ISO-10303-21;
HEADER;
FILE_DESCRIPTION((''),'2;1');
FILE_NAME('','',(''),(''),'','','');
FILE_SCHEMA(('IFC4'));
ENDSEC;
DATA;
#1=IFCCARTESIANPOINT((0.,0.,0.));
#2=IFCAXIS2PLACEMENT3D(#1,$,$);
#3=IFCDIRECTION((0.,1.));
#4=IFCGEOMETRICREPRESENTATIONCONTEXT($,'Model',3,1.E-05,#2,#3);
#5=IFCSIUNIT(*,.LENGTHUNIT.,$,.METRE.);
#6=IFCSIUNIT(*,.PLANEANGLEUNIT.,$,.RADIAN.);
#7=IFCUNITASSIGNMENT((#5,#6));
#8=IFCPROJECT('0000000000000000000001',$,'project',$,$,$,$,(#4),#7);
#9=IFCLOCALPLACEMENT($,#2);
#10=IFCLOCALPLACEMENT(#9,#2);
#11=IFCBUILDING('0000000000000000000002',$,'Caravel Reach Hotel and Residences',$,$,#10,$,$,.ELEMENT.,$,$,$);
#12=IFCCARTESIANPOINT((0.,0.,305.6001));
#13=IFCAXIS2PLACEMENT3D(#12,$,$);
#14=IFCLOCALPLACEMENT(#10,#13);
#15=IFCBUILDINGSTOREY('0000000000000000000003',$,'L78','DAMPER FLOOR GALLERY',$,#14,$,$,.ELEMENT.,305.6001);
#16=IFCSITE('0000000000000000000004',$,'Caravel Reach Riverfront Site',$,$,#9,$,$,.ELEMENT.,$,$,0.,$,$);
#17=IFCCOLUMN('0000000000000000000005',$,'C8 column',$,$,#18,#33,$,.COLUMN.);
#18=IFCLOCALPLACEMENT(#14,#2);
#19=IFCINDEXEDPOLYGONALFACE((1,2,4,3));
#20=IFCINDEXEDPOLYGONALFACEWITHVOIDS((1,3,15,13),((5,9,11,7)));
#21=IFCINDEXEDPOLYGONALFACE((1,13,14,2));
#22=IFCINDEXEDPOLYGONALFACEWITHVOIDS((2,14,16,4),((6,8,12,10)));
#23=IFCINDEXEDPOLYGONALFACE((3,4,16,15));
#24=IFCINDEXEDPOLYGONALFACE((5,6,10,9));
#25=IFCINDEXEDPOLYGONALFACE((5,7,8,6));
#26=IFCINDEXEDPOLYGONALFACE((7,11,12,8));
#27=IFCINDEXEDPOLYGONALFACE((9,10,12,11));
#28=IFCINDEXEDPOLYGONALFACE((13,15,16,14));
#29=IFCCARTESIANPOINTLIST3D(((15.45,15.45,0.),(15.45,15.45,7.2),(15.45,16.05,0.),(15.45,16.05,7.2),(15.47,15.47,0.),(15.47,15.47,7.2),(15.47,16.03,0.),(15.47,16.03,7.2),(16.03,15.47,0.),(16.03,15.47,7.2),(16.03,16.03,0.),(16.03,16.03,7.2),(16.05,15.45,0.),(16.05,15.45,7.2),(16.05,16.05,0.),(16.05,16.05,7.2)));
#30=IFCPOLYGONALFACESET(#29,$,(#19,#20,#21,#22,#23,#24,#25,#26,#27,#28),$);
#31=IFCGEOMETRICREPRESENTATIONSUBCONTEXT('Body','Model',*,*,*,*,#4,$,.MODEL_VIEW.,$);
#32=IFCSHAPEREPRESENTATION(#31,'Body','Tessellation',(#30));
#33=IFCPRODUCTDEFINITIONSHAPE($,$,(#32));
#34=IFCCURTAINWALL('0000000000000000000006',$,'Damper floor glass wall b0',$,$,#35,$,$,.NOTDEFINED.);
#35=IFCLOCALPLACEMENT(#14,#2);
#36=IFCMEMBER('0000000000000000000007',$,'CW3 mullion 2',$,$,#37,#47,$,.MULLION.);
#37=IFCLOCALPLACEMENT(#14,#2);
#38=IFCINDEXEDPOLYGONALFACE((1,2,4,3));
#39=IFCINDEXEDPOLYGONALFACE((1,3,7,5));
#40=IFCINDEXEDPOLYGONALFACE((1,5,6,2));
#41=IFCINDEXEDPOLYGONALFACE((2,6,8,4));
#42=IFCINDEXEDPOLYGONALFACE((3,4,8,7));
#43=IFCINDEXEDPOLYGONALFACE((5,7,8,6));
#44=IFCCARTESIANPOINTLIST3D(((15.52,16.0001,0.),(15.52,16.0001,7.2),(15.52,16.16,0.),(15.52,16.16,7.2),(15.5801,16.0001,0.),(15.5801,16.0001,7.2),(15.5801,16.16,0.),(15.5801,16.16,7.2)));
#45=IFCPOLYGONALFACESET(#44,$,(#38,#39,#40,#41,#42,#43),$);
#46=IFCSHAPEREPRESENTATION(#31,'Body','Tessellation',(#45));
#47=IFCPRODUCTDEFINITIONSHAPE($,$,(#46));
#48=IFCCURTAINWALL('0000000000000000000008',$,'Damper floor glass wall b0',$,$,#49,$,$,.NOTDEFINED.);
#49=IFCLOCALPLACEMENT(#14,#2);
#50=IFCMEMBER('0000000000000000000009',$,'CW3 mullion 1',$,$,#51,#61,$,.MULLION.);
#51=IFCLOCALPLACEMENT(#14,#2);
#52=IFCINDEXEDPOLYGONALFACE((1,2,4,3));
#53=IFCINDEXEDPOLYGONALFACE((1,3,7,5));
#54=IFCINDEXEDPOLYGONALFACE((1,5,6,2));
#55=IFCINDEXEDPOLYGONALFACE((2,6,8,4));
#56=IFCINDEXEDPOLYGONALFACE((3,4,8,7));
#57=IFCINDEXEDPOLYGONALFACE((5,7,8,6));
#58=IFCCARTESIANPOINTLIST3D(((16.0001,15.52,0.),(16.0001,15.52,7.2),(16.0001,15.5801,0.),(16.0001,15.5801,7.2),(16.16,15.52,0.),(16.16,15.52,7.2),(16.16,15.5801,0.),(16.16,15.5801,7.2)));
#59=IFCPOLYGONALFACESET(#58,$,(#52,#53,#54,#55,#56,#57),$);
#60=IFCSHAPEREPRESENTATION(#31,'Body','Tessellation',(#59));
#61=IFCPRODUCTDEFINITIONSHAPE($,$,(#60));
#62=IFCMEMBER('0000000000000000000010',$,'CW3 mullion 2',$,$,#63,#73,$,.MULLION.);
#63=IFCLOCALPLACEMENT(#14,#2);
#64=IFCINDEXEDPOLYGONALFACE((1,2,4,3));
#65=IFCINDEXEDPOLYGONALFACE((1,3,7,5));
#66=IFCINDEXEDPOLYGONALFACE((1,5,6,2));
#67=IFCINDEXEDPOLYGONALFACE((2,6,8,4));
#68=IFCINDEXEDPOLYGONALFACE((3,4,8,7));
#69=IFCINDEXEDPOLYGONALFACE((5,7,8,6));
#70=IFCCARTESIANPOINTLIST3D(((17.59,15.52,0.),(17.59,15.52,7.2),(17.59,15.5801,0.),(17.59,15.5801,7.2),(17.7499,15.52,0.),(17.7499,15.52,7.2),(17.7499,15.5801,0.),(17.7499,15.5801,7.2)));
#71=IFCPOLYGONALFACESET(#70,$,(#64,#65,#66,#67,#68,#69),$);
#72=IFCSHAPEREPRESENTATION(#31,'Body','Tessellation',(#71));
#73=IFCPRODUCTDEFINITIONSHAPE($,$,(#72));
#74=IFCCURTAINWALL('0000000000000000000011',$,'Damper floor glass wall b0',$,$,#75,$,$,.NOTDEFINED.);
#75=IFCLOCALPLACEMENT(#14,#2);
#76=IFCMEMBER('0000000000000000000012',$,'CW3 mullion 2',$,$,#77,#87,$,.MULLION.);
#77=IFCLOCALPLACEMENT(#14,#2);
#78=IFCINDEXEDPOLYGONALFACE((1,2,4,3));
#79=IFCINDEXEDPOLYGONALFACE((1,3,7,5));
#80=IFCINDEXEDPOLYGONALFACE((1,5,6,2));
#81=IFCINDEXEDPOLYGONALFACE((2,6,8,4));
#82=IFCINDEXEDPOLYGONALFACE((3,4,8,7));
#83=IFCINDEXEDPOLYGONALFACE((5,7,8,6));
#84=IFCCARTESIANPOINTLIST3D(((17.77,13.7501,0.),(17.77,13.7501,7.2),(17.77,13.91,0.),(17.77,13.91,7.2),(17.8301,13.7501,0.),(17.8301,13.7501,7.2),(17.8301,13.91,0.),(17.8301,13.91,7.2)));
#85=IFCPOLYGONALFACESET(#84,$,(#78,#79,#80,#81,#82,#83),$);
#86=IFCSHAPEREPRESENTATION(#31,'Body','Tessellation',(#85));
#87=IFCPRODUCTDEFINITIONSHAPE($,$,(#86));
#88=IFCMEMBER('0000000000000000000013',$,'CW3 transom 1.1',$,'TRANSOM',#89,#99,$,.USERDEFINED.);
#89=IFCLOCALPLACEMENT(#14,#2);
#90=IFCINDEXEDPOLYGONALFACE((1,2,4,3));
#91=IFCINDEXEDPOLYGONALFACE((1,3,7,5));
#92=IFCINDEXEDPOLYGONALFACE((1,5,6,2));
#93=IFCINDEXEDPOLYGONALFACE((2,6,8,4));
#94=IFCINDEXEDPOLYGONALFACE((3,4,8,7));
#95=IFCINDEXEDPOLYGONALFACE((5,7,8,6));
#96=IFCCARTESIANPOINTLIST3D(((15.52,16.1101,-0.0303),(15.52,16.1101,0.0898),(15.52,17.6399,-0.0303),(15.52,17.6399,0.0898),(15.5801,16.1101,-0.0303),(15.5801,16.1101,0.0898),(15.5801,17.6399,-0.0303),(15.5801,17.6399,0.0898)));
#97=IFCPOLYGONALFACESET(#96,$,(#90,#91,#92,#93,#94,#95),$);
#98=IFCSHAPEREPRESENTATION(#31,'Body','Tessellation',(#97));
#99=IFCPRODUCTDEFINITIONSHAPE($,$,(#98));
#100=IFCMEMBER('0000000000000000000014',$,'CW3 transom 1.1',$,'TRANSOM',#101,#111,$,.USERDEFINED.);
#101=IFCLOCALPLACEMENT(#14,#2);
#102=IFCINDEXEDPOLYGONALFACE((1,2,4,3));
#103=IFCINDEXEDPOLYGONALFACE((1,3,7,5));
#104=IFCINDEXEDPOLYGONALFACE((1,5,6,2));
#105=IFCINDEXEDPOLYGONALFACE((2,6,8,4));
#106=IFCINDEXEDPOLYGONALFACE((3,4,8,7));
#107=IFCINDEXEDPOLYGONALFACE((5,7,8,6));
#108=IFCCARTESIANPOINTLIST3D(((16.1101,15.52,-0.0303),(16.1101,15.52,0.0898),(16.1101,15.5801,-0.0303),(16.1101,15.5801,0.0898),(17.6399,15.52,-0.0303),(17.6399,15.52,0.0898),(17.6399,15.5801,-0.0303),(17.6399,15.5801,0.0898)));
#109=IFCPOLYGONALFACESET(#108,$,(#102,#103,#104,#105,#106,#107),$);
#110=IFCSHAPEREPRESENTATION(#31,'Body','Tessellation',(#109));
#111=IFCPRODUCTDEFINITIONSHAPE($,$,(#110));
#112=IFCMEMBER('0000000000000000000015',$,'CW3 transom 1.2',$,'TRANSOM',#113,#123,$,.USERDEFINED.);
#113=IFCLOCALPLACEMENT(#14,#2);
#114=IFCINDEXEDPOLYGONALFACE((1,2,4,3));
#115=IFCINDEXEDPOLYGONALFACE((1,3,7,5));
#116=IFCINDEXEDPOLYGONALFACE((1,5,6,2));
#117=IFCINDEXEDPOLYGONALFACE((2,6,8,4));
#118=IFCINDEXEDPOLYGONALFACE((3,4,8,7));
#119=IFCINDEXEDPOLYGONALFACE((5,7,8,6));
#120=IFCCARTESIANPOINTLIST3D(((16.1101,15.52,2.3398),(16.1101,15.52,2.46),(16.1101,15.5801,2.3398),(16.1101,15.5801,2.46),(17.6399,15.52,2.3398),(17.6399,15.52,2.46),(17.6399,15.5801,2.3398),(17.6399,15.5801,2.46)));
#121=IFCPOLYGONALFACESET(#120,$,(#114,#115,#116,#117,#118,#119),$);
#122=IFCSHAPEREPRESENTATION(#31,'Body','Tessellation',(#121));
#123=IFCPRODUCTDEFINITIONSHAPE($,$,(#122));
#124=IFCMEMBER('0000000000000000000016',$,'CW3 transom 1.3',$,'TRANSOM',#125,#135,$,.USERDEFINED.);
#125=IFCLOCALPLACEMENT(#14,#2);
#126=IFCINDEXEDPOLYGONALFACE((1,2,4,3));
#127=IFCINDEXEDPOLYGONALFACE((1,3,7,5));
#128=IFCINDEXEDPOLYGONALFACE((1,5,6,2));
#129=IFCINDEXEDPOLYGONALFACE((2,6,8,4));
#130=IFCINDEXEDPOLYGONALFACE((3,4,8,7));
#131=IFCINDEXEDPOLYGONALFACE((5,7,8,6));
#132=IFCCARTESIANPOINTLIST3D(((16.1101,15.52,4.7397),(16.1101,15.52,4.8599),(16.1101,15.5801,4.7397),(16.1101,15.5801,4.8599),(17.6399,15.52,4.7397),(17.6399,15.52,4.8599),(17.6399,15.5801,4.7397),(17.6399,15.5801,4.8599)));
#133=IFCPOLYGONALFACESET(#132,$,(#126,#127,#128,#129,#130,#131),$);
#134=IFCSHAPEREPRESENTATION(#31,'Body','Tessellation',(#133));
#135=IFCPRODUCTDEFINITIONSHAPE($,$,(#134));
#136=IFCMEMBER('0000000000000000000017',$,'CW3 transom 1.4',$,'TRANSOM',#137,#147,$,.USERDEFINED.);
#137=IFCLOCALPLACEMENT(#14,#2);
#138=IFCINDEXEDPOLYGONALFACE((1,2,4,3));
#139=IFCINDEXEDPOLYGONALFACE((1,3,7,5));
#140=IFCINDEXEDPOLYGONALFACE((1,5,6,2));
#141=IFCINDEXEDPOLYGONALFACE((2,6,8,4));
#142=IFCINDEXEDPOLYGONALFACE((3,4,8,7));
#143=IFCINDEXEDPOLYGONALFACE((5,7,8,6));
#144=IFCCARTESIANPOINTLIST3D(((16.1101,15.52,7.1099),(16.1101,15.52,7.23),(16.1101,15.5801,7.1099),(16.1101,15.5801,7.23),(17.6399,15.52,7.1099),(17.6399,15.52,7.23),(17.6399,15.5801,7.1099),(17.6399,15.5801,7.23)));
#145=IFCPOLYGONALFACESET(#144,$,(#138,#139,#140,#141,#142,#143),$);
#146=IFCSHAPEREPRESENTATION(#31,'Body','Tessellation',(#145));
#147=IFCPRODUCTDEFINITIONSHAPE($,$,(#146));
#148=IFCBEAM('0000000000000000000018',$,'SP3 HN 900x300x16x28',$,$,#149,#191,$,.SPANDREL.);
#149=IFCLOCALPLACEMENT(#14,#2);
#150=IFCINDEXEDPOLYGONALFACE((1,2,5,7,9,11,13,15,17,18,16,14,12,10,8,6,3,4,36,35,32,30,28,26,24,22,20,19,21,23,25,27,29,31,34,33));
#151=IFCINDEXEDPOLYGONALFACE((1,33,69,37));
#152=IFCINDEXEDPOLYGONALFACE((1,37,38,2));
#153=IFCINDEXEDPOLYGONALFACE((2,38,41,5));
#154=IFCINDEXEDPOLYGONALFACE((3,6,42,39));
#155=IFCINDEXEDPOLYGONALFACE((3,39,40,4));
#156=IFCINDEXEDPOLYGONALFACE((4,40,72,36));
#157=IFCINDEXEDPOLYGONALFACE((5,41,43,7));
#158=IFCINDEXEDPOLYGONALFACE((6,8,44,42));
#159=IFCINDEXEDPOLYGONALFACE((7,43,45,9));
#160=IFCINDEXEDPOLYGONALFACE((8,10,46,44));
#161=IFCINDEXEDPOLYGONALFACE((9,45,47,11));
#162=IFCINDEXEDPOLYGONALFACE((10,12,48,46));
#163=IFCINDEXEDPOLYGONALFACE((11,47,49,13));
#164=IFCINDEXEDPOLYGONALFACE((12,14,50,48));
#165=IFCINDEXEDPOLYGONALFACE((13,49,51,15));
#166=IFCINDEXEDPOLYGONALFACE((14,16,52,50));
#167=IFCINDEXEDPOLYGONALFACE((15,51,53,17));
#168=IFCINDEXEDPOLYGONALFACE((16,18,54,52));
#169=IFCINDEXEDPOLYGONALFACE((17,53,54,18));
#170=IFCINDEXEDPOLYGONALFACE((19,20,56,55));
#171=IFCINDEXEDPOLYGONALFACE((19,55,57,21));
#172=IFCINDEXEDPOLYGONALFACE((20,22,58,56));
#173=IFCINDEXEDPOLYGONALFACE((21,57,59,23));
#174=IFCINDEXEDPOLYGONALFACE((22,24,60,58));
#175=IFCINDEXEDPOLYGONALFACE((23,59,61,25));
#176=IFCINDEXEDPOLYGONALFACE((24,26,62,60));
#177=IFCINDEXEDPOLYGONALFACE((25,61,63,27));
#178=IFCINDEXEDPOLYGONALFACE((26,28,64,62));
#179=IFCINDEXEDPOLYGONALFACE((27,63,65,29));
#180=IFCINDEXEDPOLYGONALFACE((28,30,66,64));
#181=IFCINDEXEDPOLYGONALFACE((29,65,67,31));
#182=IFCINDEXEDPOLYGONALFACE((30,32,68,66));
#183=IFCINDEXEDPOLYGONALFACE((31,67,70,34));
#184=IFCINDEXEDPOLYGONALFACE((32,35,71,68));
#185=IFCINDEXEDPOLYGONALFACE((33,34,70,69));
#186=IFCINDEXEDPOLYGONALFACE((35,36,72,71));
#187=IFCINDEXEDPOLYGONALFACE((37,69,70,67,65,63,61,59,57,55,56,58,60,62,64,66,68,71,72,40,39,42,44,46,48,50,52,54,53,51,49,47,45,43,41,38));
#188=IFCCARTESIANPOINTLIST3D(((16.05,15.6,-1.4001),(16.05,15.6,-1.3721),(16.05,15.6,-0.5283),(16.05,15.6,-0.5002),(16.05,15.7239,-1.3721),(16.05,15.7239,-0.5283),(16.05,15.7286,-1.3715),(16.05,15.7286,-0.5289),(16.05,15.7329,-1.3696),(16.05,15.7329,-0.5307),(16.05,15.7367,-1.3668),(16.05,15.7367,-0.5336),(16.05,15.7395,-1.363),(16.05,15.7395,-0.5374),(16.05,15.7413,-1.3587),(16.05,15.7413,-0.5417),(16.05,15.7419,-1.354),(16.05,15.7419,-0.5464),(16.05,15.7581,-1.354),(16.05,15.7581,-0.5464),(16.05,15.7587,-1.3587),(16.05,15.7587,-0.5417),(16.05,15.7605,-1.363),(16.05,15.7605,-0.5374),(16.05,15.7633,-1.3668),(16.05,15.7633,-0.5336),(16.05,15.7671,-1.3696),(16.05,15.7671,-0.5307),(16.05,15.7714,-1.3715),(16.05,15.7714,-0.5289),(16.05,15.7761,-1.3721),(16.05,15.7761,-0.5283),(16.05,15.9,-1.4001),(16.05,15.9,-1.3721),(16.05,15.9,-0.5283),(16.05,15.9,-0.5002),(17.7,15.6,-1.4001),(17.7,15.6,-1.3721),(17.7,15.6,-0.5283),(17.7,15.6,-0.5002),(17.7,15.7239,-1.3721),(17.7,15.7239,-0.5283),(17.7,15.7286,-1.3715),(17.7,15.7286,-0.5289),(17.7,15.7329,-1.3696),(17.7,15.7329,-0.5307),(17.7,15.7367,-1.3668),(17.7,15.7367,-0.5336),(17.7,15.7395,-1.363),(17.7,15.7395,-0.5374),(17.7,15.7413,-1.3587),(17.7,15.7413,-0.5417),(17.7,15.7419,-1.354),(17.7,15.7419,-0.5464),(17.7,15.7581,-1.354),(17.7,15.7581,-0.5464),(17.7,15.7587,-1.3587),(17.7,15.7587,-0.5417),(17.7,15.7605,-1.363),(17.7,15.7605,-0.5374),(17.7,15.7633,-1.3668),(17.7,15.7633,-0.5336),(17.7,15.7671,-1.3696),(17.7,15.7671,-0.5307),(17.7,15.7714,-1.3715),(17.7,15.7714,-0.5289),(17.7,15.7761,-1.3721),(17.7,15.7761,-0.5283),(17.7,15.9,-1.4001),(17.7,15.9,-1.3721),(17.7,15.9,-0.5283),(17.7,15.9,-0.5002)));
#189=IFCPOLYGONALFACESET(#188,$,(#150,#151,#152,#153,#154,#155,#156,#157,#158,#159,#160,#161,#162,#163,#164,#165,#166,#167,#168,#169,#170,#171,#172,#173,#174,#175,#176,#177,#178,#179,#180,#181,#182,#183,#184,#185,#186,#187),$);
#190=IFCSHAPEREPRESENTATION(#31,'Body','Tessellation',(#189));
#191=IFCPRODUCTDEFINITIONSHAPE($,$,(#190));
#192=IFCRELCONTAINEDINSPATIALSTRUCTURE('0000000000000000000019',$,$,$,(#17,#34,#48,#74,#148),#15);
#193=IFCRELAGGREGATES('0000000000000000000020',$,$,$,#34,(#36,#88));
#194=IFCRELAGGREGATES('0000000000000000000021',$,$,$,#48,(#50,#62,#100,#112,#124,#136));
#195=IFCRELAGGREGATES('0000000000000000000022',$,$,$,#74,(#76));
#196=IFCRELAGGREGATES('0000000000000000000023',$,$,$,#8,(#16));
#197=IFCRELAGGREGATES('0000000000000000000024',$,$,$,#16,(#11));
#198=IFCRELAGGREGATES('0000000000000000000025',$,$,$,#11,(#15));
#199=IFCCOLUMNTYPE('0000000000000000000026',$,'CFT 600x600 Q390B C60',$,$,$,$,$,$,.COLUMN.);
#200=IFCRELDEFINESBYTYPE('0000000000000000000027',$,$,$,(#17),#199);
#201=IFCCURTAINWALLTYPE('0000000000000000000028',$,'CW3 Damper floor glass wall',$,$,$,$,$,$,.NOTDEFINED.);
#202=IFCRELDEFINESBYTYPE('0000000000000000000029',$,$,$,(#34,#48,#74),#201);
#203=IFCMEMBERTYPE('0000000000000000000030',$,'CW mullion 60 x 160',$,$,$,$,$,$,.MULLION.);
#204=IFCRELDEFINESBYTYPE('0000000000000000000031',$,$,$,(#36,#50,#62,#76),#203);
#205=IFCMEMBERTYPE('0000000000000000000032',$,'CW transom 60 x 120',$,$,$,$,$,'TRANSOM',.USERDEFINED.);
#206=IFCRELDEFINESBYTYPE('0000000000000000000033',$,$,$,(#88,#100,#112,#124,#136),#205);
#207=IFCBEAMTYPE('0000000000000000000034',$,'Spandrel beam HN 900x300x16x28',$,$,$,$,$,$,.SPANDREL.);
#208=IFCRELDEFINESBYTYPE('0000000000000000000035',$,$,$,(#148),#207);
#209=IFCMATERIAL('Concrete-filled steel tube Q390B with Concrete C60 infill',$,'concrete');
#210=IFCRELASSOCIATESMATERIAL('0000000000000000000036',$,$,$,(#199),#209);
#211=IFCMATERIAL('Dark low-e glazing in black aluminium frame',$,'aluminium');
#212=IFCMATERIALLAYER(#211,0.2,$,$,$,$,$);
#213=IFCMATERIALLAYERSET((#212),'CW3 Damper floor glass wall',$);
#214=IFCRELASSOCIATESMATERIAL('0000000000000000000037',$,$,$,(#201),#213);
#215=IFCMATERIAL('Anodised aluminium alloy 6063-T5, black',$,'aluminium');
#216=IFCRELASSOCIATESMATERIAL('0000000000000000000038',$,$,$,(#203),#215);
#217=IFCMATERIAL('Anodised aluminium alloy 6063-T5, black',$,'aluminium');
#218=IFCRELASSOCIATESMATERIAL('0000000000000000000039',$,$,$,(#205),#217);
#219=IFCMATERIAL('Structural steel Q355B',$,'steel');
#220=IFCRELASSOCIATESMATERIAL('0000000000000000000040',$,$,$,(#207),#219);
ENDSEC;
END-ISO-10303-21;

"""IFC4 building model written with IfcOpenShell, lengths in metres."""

from ifc_helpers import new_model, si_unit, direction, frame, origin, origin_2d, place, context, subcontext, project, spatial, rectangle, hollow_rectangle, i_section, extrude, material, layer, layer_set, material_profile, profile_set, type_object, element, aggregate, save


model = new_model("IFC4")

# Units and contexts
model_context = context("Model", 3, precision=1e-05, world=origin(), true_north=direction((0.0, 1.0)))
body_context = subcontext(model_context, "Body", "Model", "MODEL_VIEW")
ifc_project = project(units=[si_unit("LENGTHUNIT", "METRE"), si_unit("PLANEANGLEUNIT", "RADIAN")], contexts=[model_context])

# Site, building, storey
site_placement = place(None, origin())
site = spatial("IfcSite", under=ifc_project, at=site_placement, Name="Caravel Reach Riverfront Site", CompositionType="ELEMENT", RefElevation=0.0)
building_placement = place(site_placement, origin())
building = spatial("IfcBuilding", under=site, at=building_placement, Name="Caravel Reach Hotel and Residences", CompositionType="ELEMENT")
storey_placement = place(building_placement, frame((0.0, 0.0, 305.6001)))
storey = spatial("IfcBuildingStorey", under=building, at=storey_placement, Name="L78", Description="DAMPER FLOOR GALLERY", CompositionType="ELEMENT", Elevation=305.6001)

# Column
ifc_material_1 = material(Name="Concrete-filled steel tube Q390B with Concrete C60 infill", Category="concrete")
ifc_material_profile_1 = material_profile(ifc_material_1, hollow_rectangle(XDim=0.6001, YDim=0.6001, WallThickness=0.02, at=origin_2d()), Name="RHS 600x600x20")
ifc_profile_set_1 = profile_set([ifc_material_profile_1], Name="Concrete-filled steel tube Q390B with Concrete C60 infill")
column_type = type_object("IfcColumnType", Name="CFT 600x600 Q390B C60", PredefinedType="COLUMN", material=ifc_profile_set_1)
column_placement = place(storey_placement, frame((15.75, 15.75, 0.0), z_axis=(0.0, 0.0, 1.0), x_axis=(1.0, 0.0, 0.0)))
element("IfcColumn", 1, at=column_placement, inside=storey, type_object=column_type, Name="C8 column", PredefinedType="COLUMN", context=body_context, shape_type="SweptSolid", body=[
    extrude(hollow_rectangle(XDim=0.6001, YDim=0.6001, WallThickness=0.02, at=origin_2d()), origin(), (0.0, 0.0, 1.0), 7.2),
])

# Curtain wall, member
ifc_material_2 = material(Name="Dark low-e glazing in black aluminium frame", Category="aluminium")
ifc_layer_1 = layer(ifc_material_2, 0.2)
ifc_layer_set_1 = layer_set([ifc_layer_1], Name="CW3 Damper floor glass wall")
curtain_wall_type = type_object("IfcCurtainWallType", Name="CW3 Damper floor glass wall", PredefinedType="NOTDEFINED", material=ifc_layer_set_1)
curtain_wall_1_placement = place(storey_placement, origin())
curtain_wall_1 = element("IfcCurtainWall", 2, at=curtain_wall_1_placement, inside=storey, type_object=curtain_wall_type, Name="Damper floor glass wall b0", PredefinedType="NOTDEFINED")
ifc_material_3 = material(Name="Anodised aluminium alloy 6063-T5, black", Category="aluminium")
ifc_material_profile_2 = material_profile(ifc_material_3, rectangle(XDim=0.0601, YDim=0.1599, at=origin_2d()), Name="CW mullion 60 x 160")
ifc_profile_set_2 = profile_set([ifc_material_profile_2], Name="Anodised aluminium alloy 6063-T5, black")
member_type_1 = type_object("IfcMemberType", Name="CW mullion 60 x 160", PredefinedType="MULLION", material=ifc_profile_set_2)
member_1_placement = place(storey_placement, frame((15.55, 16.0801, 0.0), z_axis=(0.0, 0.0, 1.0), x_axis=(1.0, 0.0, 0.0)))
member_1 = element("IfcMember", 3, at=member_1_placement, type_object=member_type_1, Name="CW3 mullion 2", PredefinedType="MULLION", context=body_context, shape_type="SweptSolid", body=[
    extrude(rectangle(XDim=0.0601, YDim=0.1599, at=origin_2d()), origin(), (0.0, 0.0, 1.0), 7.2),
])

# Curtain wall, members
curtain_wall_2_placement = place(storey_placement, origin())
curtain_wall_2 = element("IfcCurtainWall", 4, at=curtain_wall_2_placement, inside=storey, type_object=curtain_wall_type, Name="Damper floor glass wall b0", PredefinedType="NOTDEFINED")
member_2_placement = place(storey_placement, frame((16.0801, 15.55, 0.0), z_axis=(0.0, 0.0, 1.0), x_axis=(0.0, 1.0, 0.0)))
member_2 = element("IfcMember", 5, at=member_2_placement, type_object=member_type_1, Name="CW3 mullion 1", PredefinedType="MULLION", context=body_context, shape_type="SweptSolid", body=[
    extrude(rectangle(XDim=0.0601, YDim=0.1599, at=origin_2d()), origin(), (0.0, 0.0, 1.0), 7.2),
])
member_3_placement = place(storey_placement, frame((17.6699, 15.55, 0.0), z_axis=(0.0, 0.0, 1.0), x_axis=(0.0, 1.0, 0.0)))
member_3 = element("IfcMember", 6, at=member_3_placement, type_object=member_type_1, Name="CW3 mullion 2", PredefinedType="MULLION", context=body_context, shape_type="SweptSolid", body=[
    extrude(rectangle(XDim=0.0601, YDim=0.1599, at=origin_2d()), origin(), (0.0, 0.0, 1.0), 7.2),
])

# Curtain wall, member
curtain_wall_3_placement = place(storey_placement, origin())
curtain_wall_3 = element("IfcCurtainWall", 7, at=curtain_wall_3_placement, inside=storey, type_object=curtain_wall_type, Name="Damper floor glass wall b0", PredefinedType="NOTDEFINED")
member_4_placement = place(storey_placement, frame((17.8, 13.8301, 0.0), z_axis=(0.0, 0.0, 1.0), x_axis=(1.0, 0.0, 0.0)))
member_4 = element("IfcMember", 8, at=member_4_placement, type_object=member_type_1, Name="CW3 mullion 2", PredefinedType="MULLION", context=body_context, shape_type="SweptSolid", body=[
    extrude(rectangle(XDim=0.0601, YDim=0.1599, at=origin_2d()), origin(), (0.0, 0.0, 1.0), 7.2),
])

# Members
ifc_material_4 = material(Name="Anodised aluminium alloy 6063-T5, black", Category="aluminium")
ifc_material_profile_3 = material_profile(ifc_material_4, rectangle(XDim=0.0601, YDim=0.1201, at=origin_2d()), Name="CW transom 60 x 120")
ifc_profile_set_3 = profile_set([ifc_material_profile_3], Name="Anodised aluminium alloy 6063-T5, black")
member_type_2 = type_object("IfcMemberType", Name="CW transom 60 x 120", ElementType="TRANSOM", PredefinedType="USERDEFINED", material=ifc_profile_set_3)
member_5_placement = place(storey_placement, frame((15.55, 17.6399, 0.0298), z_axis=(0.0, -1.0, 0.0), x_axis=(1.0, 0.0, 0.0)))
member_5 = element("IfcMember", 9, at=member_5_placement, type_object=member_type_2, Name="CW3 transom 1.1", ObjectType="TRANSOM", PredefinedType="USERDEFINED", context=body_context, shape_type="SweptSolid", body=[
    extrude(rectangle(XDim=0.0601, YDim=0.1201, at=origin_2d()), origin(), (0.0, 0.0, 1.0), 1.5298),
])
member_6_placement = place(storey_placement, frame((16.1101, 15.55, 0.0298), z_axis=(1.0, 0.0, 0.0), x_axis=(0.0, 1.0, 0.0)))
member_6 = element("IfcMember", 10, at=member_6_placement, type_object=member_type_2, Name="CW3 transom 1.1", ObjectType="TRANSOM", PredefinedType="USERDEFINED", context=body_context, shape_type="SweptSolid", body=[
    extrude(rectangle(XDim=0.0601, YDim=0.1201, at=origin_2d()), origin(), (0.0, 0.0, 1.0), 1.5298),
])
member_7_placement = place(storey_placement, frame((16.1101, 15.55, 2.3999), z_axis=(1.0, 0.0, 0.0), x_axis=(0.0, 1.0, 0.0)))
member_7 = element("IfcMember", 11, at=member_7_placement, type_object=member_type_2, Name="CW3 transom 1.2", ObjectType="TRANSOM", PredefinedType="USERDEFINED", context=body_context, shape_type="SweptSolid", body=[
    extrude(rectangle(XDim=0.0601, YDim=0.1201, at=origin_2d()), origin(), (0.0, 0.0, 1.0), 1.5298),
])
member_8_placement = place(storey_placement, frame((16.1101, 15.55, 4.7998), z_axis=(1.0, 0.0, 0.0), x_axis=(0.0, 1.0, 0.0)))
member_8 = element("IfcMember", 12, at=member_8_placement, type_object=member_type_2, Name="CW3 transom 1.3", ObjectType="TRANSOM", PredefinedType="USERDEFINED", context=body_context, shape_type="SweptSolid", body=[
    extrude(rectangle(XDim=0.0601, YDim=0.1201, at=origin_2d()), origin(), (0.0, 0.0, 1.0), 1.5298),
])
member_9_placement = place(storey_placement, frame((16.1101, 15.55, 7.1699), z_axis=(1.0, 0.0, 0.0), x_axis=(0.0, 1.0, 0.0)))
member_9 = element("IfcMember", 13, at=member_9_placement, type_object=member_type_2, Name="CW3 transom 1.4", ObjectType="TRANSOM", PredefinedType="USERDEFINED", context=body_context, shape_type="SweptSolid", body=[
    extrude(rectangle(XDim=0.0601, YDim=0.1201, at=origin_2d()), origin(), (0.0, 0.0, 1.0), 1.5298),
])

# Beam
ifc_material_5 = material(Name="Structural steel Q355B", Category="steel")
ifc_material_profile_4 = material_profile(ifc_material_5, i_section(OverallWidth=0.3, OverallDepth=0.8999, WebThickness=0.0161, FlangeThickness=0.0281, FilletRadius=0.0181, at=origin_2d()), Name="HN 900x300x16x28")
ifc_profile_set_4 = profile_set([ifc_material_profile_4], Name="Structural steel Q355B")
beam_type = type_object("IfcBeamType", Name="Spandrel beam HN 900x300x16x28", PredefinedType="SPANDREL", material=ifc_profile_set_4)
beam_placement = place(storey_placement, frame((16.05, 15.75, -0.9502), z_axis=(1.0, 0.0, 0.0), x_axis=(0.0, 1.0, 0.0)))
element("IfcBeam", 14, at=beam_placement, inside=storey, type_object=beam_type, Name="SP3 HN 900x300x16x28", PredefinedType="SPANDREL", context=body_context, shape_type="SweptSolid", body=[
    extrude(i_section(OverallWidth=0.3, OverallDepth=0.8999, WebThickness=0.0161, FlangeThickness=0.0281, FilletRadius=0.0181, at=origin_2d()), origin(), (0.0, 0.0, 1.0), 1.6499),
])

aggregate(curtain_wall_1, [member_1, member_5])
aggregate(curtain_wall_2, [member_2, member_3, member_6, member_7, member_8, member_9])
aggregate(curtain_wall_3, [member_4])

save(model, "model.ifc")
